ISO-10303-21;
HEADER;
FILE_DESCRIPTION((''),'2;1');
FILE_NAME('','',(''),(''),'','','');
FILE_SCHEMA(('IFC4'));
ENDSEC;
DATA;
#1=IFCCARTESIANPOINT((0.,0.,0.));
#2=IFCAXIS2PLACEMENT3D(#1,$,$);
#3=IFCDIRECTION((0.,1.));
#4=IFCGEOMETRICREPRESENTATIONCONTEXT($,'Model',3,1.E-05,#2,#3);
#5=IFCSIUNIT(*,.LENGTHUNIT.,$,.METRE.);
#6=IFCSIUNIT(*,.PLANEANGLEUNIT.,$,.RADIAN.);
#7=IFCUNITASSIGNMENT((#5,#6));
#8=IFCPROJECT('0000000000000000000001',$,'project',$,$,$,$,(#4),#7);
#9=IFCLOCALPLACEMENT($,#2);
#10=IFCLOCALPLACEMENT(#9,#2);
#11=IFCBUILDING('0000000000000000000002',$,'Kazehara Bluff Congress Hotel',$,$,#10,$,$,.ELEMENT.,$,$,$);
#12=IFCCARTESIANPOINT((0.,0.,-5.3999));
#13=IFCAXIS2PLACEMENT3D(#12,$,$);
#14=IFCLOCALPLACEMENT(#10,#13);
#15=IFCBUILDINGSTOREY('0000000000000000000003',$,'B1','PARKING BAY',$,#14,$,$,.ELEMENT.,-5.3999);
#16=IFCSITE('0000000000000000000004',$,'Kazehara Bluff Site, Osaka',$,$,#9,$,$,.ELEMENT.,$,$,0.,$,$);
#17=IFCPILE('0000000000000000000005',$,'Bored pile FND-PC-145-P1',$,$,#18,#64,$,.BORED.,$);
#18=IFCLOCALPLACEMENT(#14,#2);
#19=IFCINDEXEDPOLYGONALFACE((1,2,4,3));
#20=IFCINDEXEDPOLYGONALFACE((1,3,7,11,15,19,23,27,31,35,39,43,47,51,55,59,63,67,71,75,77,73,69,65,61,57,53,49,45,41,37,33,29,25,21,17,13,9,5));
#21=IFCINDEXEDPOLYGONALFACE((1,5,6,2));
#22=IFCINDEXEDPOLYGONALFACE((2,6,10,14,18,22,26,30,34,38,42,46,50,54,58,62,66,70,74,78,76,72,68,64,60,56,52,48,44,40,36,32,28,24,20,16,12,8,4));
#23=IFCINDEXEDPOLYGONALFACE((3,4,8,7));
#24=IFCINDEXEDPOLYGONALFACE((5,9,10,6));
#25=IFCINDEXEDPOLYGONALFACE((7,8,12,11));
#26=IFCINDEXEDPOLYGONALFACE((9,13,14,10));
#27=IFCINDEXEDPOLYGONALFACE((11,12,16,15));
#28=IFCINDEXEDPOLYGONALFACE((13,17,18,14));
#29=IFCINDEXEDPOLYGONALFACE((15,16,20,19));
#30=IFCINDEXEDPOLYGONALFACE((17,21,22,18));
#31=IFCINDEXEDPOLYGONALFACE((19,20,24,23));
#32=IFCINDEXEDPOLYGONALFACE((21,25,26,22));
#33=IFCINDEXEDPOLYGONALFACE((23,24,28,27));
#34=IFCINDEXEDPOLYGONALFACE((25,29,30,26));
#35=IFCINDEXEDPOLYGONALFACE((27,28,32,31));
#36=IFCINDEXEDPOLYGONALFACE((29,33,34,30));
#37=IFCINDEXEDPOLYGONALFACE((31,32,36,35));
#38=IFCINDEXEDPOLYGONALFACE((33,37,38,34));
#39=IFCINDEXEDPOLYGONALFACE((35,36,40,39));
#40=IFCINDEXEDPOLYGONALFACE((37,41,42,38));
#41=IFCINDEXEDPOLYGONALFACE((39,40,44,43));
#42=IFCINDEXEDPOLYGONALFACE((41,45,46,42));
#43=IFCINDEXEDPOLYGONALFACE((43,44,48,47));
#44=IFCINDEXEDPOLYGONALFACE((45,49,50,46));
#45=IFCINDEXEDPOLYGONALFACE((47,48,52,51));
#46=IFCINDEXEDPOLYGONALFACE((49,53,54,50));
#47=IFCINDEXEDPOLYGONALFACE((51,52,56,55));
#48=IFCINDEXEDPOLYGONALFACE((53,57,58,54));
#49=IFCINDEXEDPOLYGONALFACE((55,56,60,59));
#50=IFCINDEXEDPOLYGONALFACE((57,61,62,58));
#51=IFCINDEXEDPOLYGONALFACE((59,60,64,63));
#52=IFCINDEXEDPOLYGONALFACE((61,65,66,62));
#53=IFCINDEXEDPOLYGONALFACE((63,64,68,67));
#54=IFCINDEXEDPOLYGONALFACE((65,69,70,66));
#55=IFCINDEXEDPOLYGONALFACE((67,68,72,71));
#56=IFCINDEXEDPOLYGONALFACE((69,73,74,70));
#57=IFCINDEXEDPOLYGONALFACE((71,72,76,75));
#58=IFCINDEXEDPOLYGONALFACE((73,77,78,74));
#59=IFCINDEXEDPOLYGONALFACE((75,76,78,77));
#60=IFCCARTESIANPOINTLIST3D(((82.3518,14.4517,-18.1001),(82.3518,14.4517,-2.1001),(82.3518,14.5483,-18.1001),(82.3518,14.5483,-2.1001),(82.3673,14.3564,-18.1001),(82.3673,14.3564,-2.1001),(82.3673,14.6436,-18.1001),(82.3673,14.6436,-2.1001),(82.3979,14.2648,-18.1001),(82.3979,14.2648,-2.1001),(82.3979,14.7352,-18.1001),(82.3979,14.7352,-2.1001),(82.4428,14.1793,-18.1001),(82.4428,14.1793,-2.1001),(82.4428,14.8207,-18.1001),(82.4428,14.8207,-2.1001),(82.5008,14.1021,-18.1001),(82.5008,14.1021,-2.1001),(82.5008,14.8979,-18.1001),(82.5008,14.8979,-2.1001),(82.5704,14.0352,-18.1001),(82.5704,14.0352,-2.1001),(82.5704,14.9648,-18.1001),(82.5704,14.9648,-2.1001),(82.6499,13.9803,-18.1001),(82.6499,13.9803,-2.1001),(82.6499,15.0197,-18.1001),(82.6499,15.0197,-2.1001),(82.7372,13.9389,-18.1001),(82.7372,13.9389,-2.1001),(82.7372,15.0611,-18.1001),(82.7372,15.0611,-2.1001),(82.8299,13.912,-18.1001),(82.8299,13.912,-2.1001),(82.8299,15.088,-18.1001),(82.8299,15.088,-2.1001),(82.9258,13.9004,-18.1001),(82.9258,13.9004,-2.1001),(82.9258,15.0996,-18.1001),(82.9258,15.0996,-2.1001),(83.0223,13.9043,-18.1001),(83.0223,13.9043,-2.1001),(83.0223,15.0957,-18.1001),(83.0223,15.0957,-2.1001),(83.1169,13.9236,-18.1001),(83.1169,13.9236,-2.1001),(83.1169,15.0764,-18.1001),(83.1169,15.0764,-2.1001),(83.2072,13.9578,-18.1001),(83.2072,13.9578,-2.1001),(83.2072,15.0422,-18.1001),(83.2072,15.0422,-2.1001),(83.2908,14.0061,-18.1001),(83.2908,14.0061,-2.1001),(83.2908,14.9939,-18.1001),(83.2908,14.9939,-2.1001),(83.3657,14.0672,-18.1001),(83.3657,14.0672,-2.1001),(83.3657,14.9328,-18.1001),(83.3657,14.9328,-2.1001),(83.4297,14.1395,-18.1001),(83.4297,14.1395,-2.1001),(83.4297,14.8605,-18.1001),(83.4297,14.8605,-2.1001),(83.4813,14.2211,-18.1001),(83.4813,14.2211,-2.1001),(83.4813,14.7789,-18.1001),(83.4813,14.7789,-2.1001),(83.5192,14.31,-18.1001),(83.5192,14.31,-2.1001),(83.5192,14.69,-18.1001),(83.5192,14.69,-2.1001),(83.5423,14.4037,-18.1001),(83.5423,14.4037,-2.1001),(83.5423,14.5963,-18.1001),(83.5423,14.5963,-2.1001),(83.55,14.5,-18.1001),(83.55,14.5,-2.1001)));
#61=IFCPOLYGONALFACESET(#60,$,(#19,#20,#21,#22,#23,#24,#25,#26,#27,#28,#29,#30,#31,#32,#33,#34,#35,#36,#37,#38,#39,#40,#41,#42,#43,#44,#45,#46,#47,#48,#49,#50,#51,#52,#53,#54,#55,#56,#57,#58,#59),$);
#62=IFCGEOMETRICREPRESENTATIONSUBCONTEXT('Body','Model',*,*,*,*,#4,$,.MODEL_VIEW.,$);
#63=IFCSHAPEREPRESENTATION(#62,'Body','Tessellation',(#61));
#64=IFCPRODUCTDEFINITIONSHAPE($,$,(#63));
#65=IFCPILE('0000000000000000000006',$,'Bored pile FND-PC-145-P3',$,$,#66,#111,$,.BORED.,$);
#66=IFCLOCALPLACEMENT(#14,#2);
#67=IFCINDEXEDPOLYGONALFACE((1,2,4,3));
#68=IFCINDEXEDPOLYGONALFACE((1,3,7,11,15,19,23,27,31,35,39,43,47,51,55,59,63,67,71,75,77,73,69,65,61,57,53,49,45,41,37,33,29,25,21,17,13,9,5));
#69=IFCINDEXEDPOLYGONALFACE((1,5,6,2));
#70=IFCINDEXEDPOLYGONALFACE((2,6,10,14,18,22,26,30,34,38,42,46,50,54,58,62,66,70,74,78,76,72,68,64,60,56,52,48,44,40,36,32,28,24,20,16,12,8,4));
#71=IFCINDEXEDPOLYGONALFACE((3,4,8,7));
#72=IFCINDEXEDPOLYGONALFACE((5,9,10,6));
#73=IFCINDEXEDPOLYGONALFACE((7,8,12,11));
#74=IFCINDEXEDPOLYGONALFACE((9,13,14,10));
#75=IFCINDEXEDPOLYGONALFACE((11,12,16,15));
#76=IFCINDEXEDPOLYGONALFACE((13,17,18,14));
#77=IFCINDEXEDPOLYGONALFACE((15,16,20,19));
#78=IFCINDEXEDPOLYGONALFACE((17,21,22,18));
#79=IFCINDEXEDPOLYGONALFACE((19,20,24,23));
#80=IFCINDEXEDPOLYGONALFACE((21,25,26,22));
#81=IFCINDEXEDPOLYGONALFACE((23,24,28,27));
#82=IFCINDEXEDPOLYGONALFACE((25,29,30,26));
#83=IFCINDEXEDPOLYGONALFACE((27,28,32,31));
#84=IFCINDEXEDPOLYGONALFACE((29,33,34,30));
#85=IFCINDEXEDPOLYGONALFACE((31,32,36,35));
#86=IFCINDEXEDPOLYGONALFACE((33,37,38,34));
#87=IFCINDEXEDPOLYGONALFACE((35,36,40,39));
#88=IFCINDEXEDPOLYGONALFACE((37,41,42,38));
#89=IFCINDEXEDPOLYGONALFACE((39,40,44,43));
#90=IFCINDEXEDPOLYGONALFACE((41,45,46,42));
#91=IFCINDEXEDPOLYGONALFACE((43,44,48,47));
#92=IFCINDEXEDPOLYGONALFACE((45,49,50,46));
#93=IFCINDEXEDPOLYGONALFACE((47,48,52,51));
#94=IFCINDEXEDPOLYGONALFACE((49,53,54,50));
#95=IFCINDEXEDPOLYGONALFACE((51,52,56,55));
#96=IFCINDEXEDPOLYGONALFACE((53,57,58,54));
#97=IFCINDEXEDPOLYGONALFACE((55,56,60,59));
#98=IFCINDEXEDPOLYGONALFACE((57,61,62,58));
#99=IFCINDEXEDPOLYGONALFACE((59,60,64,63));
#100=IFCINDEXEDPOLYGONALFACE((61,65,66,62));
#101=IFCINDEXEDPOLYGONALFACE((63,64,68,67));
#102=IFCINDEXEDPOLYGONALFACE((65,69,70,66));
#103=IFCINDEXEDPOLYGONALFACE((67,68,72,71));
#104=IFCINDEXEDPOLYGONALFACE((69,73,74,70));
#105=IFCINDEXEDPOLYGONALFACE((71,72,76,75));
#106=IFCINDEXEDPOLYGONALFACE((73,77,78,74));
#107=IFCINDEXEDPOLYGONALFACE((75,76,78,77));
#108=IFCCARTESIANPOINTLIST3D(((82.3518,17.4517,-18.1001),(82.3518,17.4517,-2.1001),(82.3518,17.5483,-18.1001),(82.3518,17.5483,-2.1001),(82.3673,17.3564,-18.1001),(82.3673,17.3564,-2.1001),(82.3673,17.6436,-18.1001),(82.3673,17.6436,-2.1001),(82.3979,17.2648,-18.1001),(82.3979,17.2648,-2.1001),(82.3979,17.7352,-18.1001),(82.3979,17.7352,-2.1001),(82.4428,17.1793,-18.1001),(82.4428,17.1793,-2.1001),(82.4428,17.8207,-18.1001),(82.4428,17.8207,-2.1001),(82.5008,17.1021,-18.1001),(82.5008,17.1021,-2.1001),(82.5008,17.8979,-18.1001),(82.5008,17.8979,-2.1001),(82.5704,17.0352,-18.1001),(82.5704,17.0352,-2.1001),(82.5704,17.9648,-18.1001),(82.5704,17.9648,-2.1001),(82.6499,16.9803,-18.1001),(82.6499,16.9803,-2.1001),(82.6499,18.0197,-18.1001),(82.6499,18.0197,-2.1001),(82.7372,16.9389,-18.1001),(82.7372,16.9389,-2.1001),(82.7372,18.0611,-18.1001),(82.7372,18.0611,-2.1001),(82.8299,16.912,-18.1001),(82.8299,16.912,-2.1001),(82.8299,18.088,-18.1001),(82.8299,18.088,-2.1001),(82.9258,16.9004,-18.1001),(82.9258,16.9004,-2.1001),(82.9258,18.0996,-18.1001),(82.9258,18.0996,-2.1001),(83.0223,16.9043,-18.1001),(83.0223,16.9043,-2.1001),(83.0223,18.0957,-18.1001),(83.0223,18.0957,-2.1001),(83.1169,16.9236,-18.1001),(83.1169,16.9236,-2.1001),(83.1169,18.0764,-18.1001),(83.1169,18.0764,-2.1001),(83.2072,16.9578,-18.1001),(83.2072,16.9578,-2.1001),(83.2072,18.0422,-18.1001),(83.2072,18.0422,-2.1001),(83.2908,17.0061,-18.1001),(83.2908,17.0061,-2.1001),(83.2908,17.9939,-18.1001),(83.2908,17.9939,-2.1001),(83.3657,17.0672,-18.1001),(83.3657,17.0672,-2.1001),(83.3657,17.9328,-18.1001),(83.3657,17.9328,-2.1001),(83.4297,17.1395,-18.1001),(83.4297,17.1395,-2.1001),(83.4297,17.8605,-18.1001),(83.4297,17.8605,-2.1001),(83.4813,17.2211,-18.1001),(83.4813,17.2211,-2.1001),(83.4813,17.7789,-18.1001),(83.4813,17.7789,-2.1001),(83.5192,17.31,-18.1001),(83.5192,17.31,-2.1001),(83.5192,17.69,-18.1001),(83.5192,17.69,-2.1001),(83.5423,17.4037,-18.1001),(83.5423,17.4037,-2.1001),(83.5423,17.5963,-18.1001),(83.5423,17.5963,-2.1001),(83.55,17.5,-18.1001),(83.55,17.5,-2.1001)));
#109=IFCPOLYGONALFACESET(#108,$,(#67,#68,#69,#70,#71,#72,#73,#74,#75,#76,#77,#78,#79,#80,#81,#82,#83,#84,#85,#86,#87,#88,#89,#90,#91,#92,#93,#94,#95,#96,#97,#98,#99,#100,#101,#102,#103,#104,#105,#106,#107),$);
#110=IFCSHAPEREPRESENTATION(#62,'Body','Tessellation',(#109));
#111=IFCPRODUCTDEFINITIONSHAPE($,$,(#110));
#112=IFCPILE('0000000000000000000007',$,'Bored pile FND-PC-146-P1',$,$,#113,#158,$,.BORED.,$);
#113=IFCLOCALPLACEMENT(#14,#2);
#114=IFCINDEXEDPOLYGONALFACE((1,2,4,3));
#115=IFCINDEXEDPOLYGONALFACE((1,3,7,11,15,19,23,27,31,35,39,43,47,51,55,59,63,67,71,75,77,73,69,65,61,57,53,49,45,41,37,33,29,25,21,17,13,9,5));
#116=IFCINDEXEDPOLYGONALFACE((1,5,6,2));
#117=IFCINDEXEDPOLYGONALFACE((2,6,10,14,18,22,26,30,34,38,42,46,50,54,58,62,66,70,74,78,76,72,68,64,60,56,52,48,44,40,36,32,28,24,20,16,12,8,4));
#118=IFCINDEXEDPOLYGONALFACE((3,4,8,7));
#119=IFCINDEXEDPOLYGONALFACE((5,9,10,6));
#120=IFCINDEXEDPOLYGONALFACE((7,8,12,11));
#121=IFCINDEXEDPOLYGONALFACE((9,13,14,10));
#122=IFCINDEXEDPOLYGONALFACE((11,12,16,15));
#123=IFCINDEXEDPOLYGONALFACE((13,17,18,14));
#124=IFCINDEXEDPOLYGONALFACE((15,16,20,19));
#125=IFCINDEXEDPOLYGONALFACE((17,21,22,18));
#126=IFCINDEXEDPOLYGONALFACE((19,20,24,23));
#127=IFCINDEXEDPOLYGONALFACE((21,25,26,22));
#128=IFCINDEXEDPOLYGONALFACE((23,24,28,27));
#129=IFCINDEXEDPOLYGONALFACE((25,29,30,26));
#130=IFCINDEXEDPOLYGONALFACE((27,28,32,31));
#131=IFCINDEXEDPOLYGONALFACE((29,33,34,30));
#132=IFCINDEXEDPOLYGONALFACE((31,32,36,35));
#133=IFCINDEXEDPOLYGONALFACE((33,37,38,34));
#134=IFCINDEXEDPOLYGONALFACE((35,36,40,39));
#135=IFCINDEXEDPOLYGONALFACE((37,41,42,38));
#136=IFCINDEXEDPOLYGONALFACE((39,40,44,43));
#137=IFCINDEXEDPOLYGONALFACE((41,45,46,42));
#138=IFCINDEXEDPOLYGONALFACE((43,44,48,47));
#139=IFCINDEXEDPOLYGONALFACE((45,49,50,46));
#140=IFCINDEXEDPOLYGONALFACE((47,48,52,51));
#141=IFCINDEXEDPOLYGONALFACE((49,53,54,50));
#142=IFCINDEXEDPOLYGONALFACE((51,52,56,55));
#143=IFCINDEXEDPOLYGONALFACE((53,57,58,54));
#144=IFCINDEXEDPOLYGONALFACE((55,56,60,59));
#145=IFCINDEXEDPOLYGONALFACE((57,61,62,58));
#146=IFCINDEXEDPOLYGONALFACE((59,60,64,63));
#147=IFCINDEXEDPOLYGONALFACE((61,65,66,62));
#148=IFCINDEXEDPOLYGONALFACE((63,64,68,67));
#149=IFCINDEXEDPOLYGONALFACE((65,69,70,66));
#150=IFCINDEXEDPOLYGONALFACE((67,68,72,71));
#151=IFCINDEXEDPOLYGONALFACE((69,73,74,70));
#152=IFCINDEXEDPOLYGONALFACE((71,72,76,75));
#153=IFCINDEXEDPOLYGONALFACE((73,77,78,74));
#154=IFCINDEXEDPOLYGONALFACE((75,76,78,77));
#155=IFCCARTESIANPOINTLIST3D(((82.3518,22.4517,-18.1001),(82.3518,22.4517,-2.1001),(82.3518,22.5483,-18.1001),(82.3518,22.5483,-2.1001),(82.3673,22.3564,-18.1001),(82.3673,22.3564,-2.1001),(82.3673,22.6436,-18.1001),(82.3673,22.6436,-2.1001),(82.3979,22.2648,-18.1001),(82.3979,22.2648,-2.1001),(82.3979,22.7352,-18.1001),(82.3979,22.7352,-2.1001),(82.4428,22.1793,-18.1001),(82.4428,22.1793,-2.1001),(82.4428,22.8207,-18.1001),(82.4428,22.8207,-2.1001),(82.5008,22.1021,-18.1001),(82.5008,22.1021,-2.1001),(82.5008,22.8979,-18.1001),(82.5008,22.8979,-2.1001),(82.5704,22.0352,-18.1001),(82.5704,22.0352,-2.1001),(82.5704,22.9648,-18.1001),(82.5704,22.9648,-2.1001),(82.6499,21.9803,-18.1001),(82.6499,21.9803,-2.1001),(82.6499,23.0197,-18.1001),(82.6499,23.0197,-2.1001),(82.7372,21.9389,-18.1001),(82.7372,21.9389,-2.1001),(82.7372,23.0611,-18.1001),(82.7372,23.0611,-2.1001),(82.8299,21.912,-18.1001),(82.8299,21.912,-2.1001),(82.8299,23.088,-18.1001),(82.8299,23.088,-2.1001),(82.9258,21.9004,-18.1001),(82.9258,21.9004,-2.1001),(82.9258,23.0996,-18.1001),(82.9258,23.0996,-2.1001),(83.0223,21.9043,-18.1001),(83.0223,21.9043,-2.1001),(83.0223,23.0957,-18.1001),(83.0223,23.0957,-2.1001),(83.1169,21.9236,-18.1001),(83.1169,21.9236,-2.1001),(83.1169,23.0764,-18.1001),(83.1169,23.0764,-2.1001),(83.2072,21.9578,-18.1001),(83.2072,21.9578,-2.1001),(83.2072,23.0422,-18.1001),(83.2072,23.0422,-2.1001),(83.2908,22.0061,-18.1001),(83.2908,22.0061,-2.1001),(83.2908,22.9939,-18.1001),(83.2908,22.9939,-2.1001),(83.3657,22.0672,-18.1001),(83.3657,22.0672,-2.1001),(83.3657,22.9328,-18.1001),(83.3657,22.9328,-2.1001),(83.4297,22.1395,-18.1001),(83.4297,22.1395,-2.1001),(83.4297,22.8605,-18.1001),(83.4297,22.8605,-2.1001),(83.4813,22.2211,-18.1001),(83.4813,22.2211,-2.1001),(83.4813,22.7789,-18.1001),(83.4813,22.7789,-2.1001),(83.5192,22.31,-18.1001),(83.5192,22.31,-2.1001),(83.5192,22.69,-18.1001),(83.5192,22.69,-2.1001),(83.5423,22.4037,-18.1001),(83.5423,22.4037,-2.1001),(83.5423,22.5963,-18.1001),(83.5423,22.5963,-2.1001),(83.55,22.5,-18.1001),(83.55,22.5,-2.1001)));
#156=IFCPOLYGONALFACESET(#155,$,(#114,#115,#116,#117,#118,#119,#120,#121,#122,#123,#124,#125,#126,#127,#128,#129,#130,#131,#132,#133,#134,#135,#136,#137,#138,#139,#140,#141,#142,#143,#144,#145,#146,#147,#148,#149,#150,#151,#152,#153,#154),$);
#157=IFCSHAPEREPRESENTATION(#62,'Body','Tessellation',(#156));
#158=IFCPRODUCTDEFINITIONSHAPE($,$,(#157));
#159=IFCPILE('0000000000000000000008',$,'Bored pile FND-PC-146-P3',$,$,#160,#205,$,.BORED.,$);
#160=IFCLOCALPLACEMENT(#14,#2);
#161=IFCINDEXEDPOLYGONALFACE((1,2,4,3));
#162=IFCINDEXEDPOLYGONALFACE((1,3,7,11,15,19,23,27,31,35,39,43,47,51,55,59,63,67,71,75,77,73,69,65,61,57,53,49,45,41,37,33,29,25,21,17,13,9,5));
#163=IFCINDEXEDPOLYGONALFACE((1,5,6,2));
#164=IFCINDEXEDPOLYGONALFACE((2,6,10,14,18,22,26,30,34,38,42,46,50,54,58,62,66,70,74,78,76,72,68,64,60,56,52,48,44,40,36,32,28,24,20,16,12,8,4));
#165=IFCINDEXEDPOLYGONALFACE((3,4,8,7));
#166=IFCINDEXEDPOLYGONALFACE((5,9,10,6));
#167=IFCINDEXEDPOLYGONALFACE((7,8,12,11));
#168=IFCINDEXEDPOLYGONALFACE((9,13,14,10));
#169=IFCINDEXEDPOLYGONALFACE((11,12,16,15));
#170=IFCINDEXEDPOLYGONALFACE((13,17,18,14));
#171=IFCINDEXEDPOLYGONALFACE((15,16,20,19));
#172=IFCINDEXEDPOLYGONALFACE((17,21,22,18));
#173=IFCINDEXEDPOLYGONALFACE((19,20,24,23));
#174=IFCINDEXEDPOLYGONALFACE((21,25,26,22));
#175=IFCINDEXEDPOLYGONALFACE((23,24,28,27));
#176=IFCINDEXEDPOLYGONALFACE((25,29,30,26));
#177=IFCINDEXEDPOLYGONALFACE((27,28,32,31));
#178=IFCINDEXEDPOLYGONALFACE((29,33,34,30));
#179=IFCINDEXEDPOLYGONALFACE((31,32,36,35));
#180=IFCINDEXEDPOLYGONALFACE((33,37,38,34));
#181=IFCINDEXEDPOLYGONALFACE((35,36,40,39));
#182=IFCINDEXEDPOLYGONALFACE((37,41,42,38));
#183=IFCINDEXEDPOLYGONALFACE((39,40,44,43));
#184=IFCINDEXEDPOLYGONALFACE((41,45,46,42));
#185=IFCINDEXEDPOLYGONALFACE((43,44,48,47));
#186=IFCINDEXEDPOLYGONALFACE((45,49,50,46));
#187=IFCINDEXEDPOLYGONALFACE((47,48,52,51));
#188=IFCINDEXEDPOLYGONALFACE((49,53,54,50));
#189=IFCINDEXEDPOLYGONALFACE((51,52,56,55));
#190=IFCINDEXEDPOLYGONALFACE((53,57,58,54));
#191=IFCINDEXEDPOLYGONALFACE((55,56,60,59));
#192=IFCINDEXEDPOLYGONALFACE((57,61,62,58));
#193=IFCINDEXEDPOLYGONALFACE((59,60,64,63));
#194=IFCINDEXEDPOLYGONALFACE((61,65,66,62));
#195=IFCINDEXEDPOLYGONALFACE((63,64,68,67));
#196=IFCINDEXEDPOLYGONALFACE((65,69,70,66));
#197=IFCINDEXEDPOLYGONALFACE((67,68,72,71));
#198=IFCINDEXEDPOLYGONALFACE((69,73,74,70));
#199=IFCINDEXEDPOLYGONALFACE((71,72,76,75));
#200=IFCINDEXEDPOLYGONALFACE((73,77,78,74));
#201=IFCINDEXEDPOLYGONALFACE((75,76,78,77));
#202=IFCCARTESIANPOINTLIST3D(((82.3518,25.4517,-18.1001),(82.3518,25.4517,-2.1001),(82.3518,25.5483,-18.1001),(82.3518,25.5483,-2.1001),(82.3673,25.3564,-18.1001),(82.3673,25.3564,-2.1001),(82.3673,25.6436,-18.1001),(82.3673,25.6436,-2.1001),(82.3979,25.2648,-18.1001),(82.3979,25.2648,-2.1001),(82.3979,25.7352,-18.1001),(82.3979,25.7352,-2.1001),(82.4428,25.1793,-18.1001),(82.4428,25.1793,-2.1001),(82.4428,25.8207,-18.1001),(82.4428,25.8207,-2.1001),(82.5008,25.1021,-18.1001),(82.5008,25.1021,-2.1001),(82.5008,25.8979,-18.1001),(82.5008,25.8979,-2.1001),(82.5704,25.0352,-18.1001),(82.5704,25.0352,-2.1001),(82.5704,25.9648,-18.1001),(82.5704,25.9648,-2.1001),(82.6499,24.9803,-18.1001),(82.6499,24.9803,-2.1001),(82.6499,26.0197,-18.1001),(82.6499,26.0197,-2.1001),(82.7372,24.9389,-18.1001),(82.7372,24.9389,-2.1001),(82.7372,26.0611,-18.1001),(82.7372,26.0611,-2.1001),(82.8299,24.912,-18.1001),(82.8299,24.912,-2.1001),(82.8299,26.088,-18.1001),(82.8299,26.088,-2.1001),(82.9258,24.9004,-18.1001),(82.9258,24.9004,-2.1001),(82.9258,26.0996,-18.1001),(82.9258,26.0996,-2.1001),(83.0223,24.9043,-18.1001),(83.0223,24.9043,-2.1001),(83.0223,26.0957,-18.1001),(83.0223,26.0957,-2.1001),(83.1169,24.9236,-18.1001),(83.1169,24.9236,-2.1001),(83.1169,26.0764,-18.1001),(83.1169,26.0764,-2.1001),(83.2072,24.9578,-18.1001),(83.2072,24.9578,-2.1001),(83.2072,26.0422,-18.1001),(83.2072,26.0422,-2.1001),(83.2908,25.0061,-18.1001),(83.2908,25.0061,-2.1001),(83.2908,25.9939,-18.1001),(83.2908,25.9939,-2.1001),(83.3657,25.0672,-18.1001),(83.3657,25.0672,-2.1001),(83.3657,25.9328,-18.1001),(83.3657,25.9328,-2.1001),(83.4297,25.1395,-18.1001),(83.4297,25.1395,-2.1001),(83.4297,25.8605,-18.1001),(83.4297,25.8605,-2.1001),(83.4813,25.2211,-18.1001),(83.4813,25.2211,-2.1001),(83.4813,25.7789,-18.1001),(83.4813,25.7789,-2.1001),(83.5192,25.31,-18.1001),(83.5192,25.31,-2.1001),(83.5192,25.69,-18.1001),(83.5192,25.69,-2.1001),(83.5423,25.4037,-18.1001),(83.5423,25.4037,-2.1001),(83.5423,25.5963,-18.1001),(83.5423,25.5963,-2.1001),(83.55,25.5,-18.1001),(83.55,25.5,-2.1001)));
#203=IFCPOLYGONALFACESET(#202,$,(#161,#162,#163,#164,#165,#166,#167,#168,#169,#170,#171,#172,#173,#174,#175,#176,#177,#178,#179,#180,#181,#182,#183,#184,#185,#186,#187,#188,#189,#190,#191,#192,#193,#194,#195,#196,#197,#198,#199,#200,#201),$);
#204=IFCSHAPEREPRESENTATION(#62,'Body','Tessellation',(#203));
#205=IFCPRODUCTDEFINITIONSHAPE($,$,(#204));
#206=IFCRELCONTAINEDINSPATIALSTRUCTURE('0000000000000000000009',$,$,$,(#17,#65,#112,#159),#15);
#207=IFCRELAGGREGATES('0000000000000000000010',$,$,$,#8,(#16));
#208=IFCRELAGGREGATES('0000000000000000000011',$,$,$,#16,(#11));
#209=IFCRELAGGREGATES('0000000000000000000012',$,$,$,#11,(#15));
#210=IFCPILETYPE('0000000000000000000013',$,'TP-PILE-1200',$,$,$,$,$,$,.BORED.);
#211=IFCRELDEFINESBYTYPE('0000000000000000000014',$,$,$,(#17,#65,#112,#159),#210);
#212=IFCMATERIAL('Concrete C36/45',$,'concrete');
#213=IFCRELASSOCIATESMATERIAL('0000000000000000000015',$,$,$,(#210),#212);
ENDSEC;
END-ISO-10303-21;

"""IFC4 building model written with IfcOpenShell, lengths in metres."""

from ifc_helpers import new_model, si_unit, direction, frame, origin, origin_2d, place, context, subcontext, project, spatial, circle, extrude, material, material_profile, profile_set, type_object, element, save


model = new_model("IFC4")

# Units and contexts
model_context = context("Model", 3, precision=1e-05, world=origin(), true_north=direction((0.0, 1.0)))
body_context = subcontext(model_context, "Body", "Model", "MODEL_VIEW")
ifc_project = project(units=[si_unit("LENGTHUNIT", "METRE"), si_unit("PLANEANGLEUNIT", "RADIAN")], contexts=[model_context])

# Site, building, storey
site_placement = place(None, origin())
site = spatial("IfcSite", under=ifc_project, at=site_placement, Name="Kazehara Bluff Site, Osaka", CompositionType="ELEMENT", RefElevation=0.0)
building_placement = place(site_placement, origin())
building = spatial("IfcBuilding", under=site, at=building_placement, Name="Kazehara Bluff Congress Hotel", CompositionType="ELEMENT")
storey_placement = place(building_placement, frame((0.0, 0.0, -5.3999)))
storey = spatial("IfcBuildingStorey", under=building, at=storey_placement, Name="B1", Description="PARKING BAY", CompositionType="ELEMENT", Elevation=-5.3999)

# Piles
ifc_material_1 = material(Name="Concrete C36/45", Category="concrete")
ifc_material_profile_1 = material_profile(ifc_material_1, circle(Radius=0.6001, at=origin_2d()))
ifc_profile_set_1 = profile_set([ifc_material_profile_1], Name="Concrete C36/45")
pile_type = type_object("IfcPileType", Name="TP-PILE-1200", PredefinedType="BORED", material=ifc_profile_set_1)
for number, where, z_axis, x_axis, name in (
    (1, (82.95, 14.5, -2.1001), (0.0, 0.0, -1.0), (1.0, 0.0, 0.0), "Bored pile FND-PC-145-P1"),
    (2, (82.95, 17.5, -2.1001), (0.0, 0.0, -1.0), (1.0, 0.0, 0.0), "Bored pile FND-PC-145-P3"),
    (3, (82.95, 22.5, -2.1001), (0.0, 0.0, -1.0), (1.0, 0.0, 0.0), "Bored pile FND-PC-146-P1"),
    (4, (82.95, 25.5, -2.1001), (0.0, 0.0, -1.0), (1.0, 0.0, 0.0), "Bored pile FND-PC-146-P3"),
):
    element("IfcPile", number, at=place(storey_placement, frame(where, z_axis=z_axis, x_axis=x_axis)), inside=storey, type_object=pile_type, Name=name, PredefinedType="BORED", context=body_context, shape_type="SweptSolid", body=[
        extrude(circle(Radius=0.6001, at=origin_2d()), origin(), (0.0, 0.0, 1.0), 16.0),
    ])

save(model, "model.ifc")
